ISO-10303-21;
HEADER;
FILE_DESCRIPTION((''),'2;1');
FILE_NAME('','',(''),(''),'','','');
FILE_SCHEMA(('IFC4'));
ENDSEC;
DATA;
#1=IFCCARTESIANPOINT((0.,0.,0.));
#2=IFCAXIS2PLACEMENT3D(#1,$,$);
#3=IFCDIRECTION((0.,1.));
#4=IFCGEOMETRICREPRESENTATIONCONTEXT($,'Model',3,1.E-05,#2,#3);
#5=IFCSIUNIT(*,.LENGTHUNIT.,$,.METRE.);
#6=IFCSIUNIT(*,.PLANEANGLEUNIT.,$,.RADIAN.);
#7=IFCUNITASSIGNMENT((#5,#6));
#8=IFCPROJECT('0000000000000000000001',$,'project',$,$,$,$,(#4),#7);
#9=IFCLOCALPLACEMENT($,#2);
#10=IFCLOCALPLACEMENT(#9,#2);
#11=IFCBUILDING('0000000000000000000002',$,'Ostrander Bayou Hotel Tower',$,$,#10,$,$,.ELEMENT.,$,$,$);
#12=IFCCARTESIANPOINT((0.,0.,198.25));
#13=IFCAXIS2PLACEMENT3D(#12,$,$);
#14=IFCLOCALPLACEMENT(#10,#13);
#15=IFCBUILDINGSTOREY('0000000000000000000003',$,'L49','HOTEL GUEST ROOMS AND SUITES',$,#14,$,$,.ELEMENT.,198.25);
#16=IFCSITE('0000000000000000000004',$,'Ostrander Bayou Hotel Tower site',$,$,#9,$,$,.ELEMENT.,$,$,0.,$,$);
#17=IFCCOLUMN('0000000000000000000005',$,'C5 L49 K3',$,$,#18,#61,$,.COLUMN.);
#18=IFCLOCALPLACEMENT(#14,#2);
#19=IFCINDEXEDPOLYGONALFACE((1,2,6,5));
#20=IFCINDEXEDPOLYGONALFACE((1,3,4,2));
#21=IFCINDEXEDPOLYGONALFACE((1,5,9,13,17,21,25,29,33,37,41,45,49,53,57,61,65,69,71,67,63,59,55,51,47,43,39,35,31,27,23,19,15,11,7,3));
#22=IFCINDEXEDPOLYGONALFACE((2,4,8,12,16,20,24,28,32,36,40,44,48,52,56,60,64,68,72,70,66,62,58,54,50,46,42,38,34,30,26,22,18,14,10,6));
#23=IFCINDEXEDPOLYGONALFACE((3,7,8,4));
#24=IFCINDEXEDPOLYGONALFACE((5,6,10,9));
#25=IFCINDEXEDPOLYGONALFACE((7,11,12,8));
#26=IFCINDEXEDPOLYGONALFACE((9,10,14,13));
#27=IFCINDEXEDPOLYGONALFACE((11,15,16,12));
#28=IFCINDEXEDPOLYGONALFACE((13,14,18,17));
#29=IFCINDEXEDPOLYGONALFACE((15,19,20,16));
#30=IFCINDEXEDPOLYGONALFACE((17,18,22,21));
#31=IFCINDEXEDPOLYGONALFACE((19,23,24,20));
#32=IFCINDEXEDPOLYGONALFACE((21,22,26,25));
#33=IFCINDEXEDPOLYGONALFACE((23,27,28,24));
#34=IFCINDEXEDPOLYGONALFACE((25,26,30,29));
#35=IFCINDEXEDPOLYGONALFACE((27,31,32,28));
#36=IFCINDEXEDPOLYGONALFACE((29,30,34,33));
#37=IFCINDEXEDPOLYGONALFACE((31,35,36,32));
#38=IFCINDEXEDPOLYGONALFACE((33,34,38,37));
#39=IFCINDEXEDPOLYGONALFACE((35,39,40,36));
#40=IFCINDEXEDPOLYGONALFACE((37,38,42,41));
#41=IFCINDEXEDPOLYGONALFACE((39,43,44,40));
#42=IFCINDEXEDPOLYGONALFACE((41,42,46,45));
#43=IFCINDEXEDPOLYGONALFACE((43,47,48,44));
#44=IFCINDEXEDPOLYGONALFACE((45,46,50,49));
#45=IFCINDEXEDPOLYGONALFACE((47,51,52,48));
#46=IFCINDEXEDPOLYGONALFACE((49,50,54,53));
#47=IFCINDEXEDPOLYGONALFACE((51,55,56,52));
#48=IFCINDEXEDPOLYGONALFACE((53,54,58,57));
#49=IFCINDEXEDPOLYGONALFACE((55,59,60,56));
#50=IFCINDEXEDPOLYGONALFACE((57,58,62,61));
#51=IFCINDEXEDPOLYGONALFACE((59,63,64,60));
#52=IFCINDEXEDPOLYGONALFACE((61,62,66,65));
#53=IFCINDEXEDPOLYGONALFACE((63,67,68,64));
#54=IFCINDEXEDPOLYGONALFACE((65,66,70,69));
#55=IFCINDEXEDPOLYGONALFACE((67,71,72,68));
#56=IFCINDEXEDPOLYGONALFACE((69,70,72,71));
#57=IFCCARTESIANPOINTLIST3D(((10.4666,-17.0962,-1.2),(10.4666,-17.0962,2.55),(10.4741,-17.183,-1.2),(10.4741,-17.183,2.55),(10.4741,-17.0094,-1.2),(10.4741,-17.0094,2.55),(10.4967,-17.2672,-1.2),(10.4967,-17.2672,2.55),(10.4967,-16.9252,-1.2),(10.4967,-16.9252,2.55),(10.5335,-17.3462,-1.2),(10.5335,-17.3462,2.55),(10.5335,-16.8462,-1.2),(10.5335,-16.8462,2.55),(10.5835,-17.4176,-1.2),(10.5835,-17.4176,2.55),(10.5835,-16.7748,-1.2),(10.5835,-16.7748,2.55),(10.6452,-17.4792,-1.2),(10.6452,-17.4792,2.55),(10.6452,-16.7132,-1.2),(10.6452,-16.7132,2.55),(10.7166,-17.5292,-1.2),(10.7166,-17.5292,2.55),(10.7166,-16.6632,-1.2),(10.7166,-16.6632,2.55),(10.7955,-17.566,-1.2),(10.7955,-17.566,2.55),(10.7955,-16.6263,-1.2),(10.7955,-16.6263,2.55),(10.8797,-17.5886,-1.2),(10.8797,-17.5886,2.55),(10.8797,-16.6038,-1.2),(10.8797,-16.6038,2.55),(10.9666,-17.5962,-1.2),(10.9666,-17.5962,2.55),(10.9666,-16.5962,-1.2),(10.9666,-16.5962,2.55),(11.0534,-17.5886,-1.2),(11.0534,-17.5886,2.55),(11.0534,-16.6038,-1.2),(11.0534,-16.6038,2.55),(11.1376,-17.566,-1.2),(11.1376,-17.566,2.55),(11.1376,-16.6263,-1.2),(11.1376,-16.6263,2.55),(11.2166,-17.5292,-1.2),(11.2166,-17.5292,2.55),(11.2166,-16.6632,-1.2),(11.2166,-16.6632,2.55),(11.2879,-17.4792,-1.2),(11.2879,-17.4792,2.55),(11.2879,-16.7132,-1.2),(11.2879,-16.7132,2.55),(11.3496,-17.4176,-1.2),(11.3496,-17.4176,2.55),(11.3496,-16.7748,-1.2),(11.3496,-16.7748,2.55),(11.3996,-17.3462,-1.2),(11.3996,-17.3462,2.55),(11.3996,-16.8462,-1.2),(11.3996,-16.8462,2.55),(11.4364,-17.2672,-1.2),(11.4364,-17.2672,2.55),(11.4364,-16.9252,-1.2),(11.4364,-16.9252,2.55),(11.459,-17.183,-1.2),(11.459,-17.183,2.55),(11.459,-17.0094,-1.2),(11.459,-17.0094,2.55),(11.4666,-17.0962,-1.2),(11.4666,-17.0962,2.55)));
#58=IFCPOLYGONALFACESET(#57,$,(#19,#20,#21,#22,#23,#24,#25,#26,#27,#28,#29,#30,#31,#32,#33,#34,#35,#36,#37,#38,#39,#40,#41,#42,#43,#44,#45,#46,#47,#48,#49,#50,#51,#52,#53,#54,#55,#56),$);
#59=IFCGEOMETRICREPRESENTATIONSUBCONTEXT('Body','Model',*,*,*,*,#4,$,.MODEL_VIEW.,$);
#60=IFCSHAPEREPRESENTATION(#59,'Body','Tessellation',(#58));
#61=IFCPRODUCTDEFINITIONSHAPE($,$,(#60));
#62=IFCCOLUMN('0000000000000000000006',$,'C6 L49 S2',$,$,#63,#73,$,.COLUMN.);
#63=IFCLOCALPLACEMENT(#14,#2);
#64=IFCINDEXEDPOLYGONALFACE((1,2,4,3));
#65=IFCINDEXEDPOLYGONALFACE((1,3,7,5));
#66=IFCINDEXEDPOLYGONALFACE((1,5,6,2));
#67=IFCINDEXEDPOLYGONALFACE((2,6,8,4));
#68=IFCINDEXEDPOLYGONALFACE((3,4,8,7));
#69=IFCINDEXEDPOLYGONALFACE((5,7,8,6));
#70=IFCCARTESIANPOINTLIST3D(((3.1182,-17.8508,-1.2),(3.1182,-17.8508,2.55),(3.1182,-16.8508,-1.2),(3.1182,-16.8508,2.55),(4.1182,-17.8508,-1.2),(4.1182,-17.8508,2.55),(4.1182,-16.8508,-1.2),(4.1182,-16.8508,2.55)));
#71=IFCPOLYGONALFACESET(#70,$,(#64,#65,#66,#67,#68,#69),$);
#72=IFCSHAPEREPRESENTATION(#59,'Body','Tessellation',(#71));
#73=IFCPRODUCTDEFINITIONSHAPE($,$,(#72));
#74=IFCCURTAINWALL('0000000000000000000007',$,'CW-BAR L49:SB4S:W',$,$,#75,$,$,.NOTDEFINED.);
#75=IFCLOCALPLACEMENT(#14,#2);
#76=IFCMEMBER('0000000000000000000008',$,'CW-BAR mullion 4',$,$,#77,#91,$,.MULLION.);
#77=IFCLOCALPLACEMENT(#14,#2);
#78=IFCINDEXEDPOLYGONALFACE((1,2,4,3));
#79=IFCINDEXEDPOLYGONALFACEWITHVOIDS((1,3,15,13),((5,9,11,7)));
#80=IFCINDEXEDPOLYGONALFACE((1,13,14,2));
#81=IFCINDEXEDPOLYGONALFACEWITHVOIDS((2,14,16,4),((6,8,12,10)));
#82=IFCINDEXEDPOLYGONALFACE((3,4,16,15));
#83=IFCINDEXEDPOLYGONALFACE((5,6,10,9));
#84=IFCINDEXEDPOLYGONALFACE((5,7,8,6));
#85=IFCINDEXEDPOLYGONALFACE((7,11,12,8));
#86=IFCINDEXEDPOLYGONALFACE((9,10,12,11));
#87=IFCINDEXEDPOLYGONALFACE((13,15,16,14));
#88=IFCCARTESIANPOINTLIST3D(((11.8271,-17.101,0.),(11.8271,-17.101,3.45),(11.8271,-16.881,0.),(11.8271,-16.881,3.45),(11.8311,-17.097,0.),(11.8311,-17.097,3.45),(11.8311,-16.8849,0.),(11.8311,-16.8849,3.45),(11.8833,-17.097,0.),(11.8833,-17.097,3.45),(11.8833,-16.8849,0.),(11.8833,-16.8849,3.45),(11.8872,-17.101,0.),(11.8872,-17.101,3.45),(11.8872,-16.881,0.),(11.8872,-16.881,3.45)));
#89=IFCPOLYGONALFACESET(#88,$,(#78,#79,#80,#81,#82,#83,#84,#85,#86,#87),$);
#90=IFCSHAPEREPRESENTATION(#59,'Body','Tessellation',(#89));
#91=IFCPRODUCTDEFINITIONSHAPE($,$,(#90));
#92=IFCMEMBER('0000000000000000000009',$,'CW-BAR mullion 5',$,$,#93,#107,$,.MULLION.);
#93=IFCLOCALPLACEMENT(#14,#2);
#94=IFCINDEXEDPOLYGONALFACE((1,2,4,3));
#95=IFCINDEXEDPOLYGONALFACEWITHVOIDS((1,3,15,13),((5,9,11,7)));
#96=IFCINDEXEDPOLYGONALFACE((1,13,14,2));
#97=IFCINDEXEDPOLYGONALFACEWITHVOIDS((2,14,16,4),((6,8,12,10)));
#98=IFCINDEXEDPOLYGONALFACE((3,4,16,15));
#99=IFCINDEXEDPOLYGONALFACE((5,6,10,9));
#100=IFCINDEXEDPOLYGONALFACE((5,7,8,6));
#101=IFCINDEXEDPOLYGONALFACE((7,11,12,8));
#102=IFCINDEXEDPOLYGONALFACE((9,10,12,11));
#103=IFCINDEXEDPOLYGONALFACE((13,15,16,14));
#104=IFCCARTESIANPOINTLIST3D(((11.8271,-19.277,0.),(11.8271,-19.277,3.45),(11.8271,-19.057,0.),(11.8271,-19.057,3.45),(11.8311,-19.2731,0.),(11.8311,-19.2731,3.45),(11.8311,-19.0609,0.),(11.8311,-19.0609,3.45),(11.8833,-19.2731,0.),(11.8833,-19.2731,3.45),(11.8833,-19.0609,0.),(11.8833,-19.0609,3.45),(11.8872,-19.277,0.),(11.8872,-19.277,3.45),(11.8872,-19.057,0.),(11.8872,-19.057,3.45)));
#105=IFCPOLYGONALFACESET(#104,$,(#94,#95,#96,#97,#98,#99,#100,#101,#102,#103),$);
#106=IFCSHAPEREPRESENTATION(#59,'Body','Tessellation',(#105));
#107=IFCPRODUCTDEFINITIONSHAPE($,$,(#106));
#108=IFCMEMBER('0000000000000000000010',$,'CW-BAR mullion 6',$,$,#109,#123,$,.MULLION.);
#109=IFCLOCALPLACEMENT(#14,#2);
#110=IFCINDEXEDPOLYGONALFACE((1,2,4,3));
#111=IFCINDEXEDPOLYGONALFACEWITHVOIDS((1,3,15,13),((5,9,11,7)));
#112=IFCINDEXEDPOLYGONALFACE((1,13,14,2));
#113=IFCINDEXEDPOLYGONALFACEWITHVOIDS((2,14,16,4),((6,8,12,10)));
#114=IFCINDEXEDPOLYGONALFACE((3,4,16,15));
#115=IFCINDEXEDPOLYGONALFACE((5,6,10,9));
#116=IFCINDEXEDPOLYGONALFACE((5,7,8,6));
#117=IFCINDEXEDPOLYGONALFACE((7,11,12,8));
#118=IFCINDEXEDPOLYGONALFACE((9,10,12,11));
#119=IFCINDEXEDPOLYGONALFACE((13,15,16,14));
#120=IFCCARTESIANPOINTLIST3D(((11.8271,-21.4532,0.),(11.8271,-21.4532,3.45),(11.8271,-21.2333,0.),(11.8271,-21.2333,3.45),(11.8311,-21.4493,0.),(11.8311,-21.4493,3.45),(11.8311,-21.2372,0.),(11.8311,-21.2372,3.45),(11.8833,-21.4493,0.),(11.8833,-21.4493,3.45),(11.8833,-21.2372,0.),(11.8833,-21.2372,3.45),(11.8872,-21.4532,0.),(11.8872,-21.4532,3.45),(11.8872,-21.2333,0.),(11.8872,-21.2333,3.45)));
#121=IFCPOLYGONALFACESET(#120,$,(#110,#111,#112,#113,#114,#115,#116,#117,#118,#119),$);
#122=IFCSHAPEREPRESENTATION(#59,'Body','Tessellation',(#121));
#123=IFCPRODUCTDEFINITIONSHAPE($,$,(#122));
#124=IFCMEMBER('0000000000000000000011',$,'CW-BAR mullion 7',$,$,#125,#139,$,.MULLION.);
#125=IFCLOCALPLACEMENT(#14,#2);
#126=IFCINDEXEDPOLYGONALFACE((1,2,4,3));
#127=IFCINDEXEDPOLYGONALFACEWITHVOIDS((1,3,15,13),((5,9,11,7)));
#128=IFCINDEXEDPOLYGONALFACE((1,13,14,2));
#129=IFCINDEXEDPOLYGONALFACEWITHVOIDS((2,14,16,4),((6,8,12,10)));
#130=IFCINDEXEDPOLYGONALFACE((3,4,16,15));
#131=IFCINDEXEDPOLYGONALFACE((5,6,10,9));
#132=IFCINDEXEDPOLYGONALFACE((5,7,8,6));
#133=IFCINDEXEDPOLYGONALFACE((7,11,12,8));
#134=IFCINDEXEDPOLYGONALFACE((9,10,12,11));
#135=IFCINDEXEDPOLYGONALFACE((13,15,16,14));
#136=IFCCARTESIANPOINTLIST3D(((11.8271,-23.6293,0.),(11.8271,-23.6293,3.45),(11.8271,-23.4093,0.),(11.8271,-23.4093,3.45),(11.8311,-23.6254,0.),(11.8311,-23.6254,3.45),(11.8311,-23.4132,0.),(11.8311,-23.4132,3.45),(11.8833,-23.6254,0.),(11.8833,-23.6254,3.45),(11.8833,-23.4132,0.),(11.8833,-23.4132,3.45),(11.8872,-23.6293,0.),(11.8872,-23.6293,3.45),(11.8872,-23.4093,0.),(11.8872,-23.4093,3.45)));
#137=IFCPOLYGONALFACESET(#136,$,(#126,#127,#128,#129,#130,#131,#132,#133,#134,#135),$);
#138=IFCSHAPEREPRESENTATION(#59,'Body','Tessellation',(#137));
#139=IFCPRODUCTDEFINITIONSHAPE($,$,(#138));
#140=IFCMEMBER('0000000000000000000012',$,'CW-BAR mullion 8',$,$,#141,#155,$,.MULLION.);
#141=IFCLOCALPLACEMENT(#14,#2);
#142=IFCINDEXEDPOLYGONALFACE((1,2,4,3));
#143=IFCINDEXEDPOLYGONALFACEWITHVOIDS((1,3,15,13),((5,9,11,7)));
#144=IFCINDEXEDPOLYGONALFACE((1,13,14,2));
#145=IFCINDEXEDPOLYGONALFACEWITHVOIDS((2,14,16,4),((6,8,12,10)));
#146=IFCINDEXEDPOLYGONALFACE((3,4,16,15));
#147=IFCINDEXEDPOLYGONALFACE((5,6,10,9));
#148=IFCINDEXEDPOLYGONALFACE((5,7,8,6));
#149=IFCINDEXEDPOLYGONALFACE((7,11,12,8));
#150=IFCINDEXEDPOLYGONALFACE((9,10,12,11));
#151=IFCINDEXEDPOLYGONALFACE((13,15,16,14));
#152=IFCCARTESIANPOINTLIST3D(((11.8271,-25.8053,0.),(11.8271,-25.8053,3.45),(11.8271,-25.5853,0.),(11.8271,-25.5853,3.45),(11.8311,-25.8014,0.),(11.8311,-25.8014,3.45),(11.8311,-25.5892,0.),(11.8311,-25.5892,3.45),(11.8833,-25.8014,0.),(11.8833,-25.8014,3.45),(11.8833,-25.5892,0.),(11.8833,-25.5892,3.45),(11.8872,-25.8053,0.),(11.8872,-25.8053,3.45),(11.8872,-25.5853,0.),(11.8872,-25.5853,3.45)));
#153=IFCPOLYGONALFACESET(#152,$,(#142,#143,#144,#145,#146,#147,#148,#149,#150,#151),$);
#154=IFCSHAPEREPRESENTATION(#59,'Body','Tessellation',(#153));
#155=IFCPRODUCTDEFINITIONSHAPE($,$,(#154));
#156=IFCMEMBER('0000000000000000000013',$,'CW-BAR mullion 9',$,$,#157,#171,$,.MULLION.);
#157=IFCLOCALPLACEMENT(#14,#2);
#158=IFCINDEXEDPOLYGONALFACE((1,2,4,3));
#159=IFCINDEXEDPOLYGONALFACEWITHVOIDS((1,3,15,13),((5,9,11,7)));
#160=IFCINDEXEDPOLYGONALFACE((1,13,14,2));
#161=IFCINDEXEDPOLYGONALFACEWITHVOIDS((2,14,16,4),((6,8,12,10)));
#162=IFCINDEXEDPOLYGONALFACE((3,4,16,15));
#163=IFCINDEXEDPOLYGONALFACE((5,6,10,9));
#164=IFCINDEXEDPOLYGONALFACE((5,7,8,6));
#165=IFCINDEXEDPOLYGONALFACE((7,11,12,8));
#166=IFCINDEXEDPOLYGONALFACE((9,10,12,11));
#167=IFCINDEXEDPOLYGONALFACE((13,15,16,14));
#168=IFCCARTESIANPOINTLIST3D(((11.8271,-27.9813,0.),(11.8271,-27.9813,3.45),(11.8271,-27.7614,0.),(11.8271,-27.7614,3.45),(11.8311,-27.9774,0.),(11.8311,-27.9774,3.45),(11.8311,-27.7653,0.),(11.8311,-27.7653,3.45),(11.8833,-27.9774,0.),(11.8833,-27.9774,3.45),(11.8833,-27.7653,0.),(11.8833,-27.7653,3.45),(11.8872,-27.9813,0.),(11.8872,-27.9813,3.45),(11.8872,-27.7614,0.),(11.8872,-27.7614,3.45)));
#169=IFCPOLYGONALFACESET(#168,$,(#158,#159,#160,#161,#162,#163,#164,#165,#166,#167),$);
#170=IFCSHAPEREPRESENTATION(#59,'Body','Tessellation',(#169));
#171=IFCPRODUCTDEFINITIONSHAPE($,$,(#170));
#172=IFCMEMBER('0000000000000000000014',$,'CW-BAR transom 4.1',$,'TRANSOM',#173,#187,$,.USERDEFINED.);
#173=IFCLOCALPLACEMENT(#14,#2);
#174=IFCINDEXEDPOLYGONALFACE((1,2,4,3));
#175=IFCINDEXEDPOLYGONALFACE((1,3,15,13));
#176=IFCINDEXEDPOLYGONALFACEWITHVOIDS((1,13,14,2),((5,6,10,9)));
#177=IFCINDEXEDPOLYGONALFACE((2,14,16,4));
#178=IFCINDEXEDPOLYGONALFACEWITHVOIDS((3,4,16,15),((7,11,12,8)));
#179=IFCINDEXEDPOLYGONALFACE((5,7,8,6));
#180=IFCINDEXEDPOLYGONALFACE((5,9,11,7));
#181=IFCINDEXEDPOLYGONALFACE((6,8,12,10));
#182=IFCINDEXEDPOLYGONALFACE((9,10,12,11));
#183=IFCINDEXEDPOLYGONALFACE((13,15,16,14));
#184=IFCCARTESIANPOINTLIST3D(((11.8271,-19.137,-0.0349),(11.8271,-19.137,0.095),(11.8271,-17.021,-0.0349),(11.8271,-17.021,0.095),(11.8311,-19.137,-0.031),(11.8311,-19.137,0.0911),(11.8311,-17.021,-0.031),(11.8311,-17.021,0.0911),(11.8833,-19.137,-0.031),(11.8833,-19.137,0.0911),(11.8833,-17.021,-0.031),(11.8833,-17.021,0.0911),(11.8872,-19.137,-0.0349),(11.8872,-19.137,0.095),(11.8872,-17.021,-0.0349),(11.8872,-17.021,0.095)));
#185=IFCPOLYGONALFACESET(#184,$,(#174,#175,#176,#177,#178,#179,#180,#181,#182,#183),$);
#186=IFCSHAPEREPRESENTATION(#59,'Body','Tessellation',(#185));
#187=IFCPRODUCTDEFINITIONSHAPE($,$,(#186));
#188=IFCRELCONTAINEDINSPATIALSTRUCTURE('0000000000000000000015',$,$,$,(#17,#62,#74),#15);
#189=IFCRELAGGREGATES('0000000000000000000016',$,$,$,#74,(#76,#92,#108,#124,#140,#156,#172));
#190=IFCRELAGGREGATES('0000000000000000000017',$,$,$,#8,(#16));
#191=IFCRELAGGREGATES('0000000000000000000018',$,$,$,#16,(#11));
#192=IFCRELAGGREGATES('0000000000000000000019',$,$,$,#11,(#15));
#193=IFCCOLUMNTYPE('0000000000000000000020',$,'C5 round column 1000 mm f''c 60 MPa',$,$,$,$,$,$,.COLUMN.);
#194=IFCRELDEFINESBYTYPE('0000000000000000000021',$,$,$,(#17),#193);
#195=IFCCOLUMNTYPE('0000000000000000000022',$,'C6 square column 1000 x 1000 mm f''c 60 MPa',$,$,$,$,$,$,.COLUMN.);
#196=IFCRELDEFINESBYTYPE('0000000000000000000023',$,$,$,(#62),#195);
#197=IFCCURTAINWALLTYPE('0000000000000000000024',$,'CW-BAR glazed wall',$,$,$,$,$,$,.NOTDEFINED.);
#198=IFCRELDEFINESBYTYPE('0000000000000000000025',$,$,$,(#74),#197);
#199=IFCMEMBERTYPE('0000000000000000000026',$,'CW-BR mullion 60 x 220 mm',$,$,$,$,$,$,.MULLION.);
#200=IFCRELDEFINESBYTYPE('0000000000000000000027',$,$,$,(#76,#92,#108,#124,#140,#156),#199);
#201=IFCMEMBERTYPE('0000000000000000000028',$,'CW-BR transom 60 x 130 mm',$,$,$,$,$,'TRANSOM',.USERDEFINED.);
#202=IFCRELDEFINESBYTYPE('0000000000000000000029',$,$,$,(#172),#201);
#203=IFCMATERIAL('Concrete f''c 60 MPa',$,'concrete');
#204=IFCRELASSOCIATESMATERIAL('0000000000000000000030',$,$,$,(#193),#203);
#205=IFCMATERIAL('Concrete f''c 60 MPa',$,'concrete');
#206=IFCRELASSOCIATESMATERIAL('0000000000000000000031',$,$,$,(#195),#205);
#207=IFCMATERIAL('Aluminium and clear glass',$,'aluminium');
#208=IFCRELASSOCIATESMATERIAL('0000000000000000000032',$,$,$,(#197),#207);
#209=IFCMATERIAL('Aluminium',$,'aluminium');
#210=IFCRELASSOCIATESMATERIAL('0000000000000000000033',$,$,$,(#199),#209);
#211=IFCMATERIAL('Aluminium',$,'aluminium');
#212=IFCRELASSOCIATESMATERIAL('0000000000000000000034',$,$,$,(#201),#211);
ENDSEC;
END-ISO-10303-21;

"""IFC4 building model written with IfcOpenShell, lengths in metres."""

from ifc_helpers import new_model, si_unit, direction, frame, origin, origin_2d, place, context, subcontext, project, spatial, rectangle, hollow_rectangle, circle, extrude, material, material_profile, profile_set, type_object, element, aggregate, save


model = new_model("IFC4")

# Units and contexts
model_context = context("Model", 3, precision=1e-05, world=origin(), true_north=direction((0.0, 1.0)))
body_context = subcontext(model_context, "Body", "Model", "MODEL_VIEW")
ifc_project = project(units=[si_unit("LENGTHUNIT", "METRE"), si_unit("PLANEANGLEUNIT", "RADIAN")], contexts=[model_context])

# Site, building, storey
site_placement = place(None, origin())
site = spatial("IfcSite", under=ifc_project, at=site_placement, Name="Ostrander Bayou Hotel Tower site", CompositionType="ELEMENT", RefElevation=0.0)
building_placement = place(site_placement, origin())
building = spatial("IfcBuilding", under=site, at=building_placement, Name="Ostrander Bayou Hotel Tower", CompositionType="ELEMENT")
storey_placement = place(building_placement, frame((0.0, 0.0, 198.25)))
storey = spatial("IfcBuildingStorey", under=building, at=storey_placement, Name="L49", Description="HOTEL GUEST ROOMS AND SUITES", CompositionType="ELEMENT", Elevation=198.25)

# Columns
ifc_material_1 = material(Name="Concrete f'c 60 MPa", Category="concrete")
ifc_material_profile_1 = material_profile(ifc_material_1, circle(Radius=0.5, at=origin_2d()))
ifc_profile_set_1 = profile_set([ifc_material_profile_1], Name="Concrete f'c 60 MPa")
column_type_1 = type_object("IfcColumnType", Name="C5 round column 1000 mm f'c 60 MPa", PredefinedType="COLUMN", material=ifc_profile_set_1)
column_1_placement = place(storey_placement, frame((10.9666, -17.0962, -1.2), z_axis=(0.0, 0.0, 1.0), x_axis=(1.0, 0.0, 0.0)))
element("IfcColumn", 1, at=column_1_placement, inside=storey, type_object=column_type_1, Name="C5 L49 K3", PredefinedType="COLUMN", context=body_context, shape_type="SweptSolid", body=[
    extrude(circle(Radius=0.5, at=origin_2d()), origin(), (0.0, 0.0, 1.0), 3.75),
])
ifc_material_2 = material(Name="Concrete f'c 60 MPa", Category="concrete")
ifc_material_profile_2 = material_profile(ifc_material_2, rectangle(XDim=1.0, YDim=1.0, at=origin_2d()))
ifc_profile_set_2 = profile_set([ifc_material_profile_2], Name="Concrete f'c 60 MPa")
column_type_2 = type_object("IfcColumnType", Name="C6 square column 1000 x 1000 mm f'c 60 MPa", PredefinedType="COLUMN", material=ifc_profile_set_2)
column_2_placement = place(storey_placement, frame((3.6182, -17.3508, -1.2), z_axis=(0.0, 0.0, 1.0), x_axis=(-1.0, 0.0, 0.0)))
element("IfcColumn", 2, at=column_2_placement, inside=storey, type_object=column_type_2, Name="C6 L49 S2", PredefinedType="COLUMN", context=body_context, shape_type="SweptSolid", body=[
    extrude(rectangle(XDim=1.0, YDim=1.0, at=origin_2d()), origin(), (0.0, 0.0, 1.0), 3.75),
])

# Curtain wall, members
ifc_material_3 = material(Name="Aluminium and clear glass", Category="aluminium")
curtain_wall_type = type_object("IfcCurtainWallType", Name="CW-BAR glazed wall", PredefinedType="NOTDEFINED", material=ifc_material_3)
curtain_wall_placement = place(storey_placement, origin())
curtain_wall = element("IfcCurtainWall", 3, at=curtain_wall_placement, inside=storey, type_object=curtain_wall_type, Name="CW-BAR L49:SB4S:W", PredefinedType="NOTDEFINED")
ifc_material_4 = material(Name="Aluminium", Category="aluminium")
ifc_material_profile_3 = material_profile(ifc_material_4, hollow_rectangle(XDim=0.0601, YDim=0.22, WallThickness=0.0039, at=origin_2d()))
ifc_profile_set_3 = profile_set([ifc_material_profile_3], Name="Aluminium")
member_type_1 = type_object("IfcMemberType", Name="CW-BR mullion 60 x 220 mm", PredefinedType="MULLION", material=ifc_profile_set_3)
member_1_placement = place(storey_placement, frame((11.8572, -16.991, 0.0), z_axis=(0.0, 0.0, 1.0), x_axis=(1.0, 0.0, 0.0)))
member_1 = element("IfcMember", 4, at=member_1_placement, type_object=member_type_1, Name="CW-BAR mullion 4", PredefinedType="MULLION", context=body_context, shape_type="SweptSolid", body=[
    extrude(hollow_rectangle(XDim=0.0601, YDim=0.22, WallThickness=0.0039, at=origin_2d()), origin(), (0.0, 0.0, 1.0), 3.45),
])
member_2_placement = place(storey_placement, frame((11.8572, -19.167, 0.0), z_axis=(0.0, 0.0, 1.0), x_axis=(1.0, 0.0, 0.0)))
member_2 = element("IfcMember", 5, at=member_2_placement, type_object=member_type_1, Name="CW-BAR mullion 5", PredefinedType="MULLION", context=body_context, shape_type="SweptSolid", body=[
    extrude(hollow_rectangle(XDim=0.0601, YDim=0.22, WallThickness=0.0039, at=origin_2d()), origin(), (0.0, 0.0, 1.0), 3.45),
])
member_3_placement = place(storey_placement, frame((11.8572, -21.3433, 0.0), z_axis=(0.0, 0.0, 1.0), x_axis=(1.0, 0.0, 0.0)))
member_3 = element("IfcMember", 6, at=member_3_placement, type_object=member_type_1, Name="CW-BAR mullion 6", PredefinedType="MULLION", context=body_context, shape_type="SweptSolid", body=[
    extrude(hollow_rectangle(XDim=0.0601, YDim=0.22, WallThickness=0.0039, at=origin_2d()), origin(), (0.0, 0.0, 1.0), 3.45),
])
member_4_placement = place(storey_placement, frame((11.8572, -23.5193, 0.0), z_axis=(0.0, 0.0, 1.0), x_axis=(1.0, 0.0, 0.0)))
member_4 = element("IfcMember", 7, at=member_4_placement, type_object=member_type_1, Name="CW-BAR mullion 7", PredefinedType="MULLION", context=body_context, shape_type="SweptSolid", body=[
    extrude(hollow_rectangle(XDim=0.0601, YDim=0.22, WallThickness=0.0039, at=origin_2d()), origin(), (0.0, 0.0, 1.0), 3.45),
])
member_5_placement = place(storey_placement, frame((11.8572, -25.6953, 0.0), z_axis=(0.0, 0.0, 1.0), x_axis=(1.0, 0.0, 0.0)))
member_5 = element("IfcMember", 8, at=member_5_placement, type_object=member_type_1, Name="CW-BAR mullion 8", PredefinedType="MULLION", context=body_context, shape_type="SweptSolid", body=[
    extrude(hollow_rectangle(XDim=0.0601, YDim=0.22, WallThickness=0.0039, at=origin_2d()), origin(), (0.0, 0.0, 1.0), 3.45),
])
member_6_placement = place(storey_placement, frame((11.8572, -27.8713, 0.0), z_axis=(0.0, 0.0, 1.0), x_axis=(1.0, 0.0, 0.0)))
member_6 = element("IfcMember", 9, at=member_6_placement, type_object=member_type_1, Name="CW-BAR mullion 9", PredefinedType="MULLION", context=body_context, shape_type="SweptSolid", body=[
    extrude(hollow_rectangle(XDim=0.0601, YDim=0.22, WallThickness=0.0039, at=origin_2d()), origin(), (0.0, 0.0, 1.0), 3.45),
])
ifc_material_5 = material(Name="Aluminium", Category="aluminium")
ifc_material_profile_4 = material_profile(ifc_material_5, hollow_rectangle(XDim=0.0601, YDim=0.1299, WallThickness=0.0039, at=origin_2d()))
ifc_profile_set_4 = profile_set([ifc_material_profile_4], Name="Aluminium")
member_type_2 = type_object("IfcMemberType", Name="CW-BR transom 60 x 130 mm", ElementType="TRANSOM", PredefinedType="USERDEFINED", material=ifc_profile_set_4)
member_7_placement = place(storey_placement, frame((11.8572, -17.021, 0.03), z_axis=(0.0, -1.0, 0.0), x_axis=(1.0, 0.0, 0.0)))
member_7 = element("IfcMember", 10, at=member_7_placement, type_object=member_type_2, Name="CW-BAR transom 4.1", ObjectType="TRANSOM", PredefinedType="USERDEFINED", context=body_context, shape_type="SweptSolid", body=[
    extrude(hollow_rectangle(XDim=0.0601, YDim=0.1299, WallThickness=0.0039, at=origin_2d()), origin(), (0.0, 0.0, 1.0), 2.116),
])

aggregate(curtain_wall, [member_1, member_2, member_3, member_4, member_5, member_6, member_7])

save(model, "model.ifc")
